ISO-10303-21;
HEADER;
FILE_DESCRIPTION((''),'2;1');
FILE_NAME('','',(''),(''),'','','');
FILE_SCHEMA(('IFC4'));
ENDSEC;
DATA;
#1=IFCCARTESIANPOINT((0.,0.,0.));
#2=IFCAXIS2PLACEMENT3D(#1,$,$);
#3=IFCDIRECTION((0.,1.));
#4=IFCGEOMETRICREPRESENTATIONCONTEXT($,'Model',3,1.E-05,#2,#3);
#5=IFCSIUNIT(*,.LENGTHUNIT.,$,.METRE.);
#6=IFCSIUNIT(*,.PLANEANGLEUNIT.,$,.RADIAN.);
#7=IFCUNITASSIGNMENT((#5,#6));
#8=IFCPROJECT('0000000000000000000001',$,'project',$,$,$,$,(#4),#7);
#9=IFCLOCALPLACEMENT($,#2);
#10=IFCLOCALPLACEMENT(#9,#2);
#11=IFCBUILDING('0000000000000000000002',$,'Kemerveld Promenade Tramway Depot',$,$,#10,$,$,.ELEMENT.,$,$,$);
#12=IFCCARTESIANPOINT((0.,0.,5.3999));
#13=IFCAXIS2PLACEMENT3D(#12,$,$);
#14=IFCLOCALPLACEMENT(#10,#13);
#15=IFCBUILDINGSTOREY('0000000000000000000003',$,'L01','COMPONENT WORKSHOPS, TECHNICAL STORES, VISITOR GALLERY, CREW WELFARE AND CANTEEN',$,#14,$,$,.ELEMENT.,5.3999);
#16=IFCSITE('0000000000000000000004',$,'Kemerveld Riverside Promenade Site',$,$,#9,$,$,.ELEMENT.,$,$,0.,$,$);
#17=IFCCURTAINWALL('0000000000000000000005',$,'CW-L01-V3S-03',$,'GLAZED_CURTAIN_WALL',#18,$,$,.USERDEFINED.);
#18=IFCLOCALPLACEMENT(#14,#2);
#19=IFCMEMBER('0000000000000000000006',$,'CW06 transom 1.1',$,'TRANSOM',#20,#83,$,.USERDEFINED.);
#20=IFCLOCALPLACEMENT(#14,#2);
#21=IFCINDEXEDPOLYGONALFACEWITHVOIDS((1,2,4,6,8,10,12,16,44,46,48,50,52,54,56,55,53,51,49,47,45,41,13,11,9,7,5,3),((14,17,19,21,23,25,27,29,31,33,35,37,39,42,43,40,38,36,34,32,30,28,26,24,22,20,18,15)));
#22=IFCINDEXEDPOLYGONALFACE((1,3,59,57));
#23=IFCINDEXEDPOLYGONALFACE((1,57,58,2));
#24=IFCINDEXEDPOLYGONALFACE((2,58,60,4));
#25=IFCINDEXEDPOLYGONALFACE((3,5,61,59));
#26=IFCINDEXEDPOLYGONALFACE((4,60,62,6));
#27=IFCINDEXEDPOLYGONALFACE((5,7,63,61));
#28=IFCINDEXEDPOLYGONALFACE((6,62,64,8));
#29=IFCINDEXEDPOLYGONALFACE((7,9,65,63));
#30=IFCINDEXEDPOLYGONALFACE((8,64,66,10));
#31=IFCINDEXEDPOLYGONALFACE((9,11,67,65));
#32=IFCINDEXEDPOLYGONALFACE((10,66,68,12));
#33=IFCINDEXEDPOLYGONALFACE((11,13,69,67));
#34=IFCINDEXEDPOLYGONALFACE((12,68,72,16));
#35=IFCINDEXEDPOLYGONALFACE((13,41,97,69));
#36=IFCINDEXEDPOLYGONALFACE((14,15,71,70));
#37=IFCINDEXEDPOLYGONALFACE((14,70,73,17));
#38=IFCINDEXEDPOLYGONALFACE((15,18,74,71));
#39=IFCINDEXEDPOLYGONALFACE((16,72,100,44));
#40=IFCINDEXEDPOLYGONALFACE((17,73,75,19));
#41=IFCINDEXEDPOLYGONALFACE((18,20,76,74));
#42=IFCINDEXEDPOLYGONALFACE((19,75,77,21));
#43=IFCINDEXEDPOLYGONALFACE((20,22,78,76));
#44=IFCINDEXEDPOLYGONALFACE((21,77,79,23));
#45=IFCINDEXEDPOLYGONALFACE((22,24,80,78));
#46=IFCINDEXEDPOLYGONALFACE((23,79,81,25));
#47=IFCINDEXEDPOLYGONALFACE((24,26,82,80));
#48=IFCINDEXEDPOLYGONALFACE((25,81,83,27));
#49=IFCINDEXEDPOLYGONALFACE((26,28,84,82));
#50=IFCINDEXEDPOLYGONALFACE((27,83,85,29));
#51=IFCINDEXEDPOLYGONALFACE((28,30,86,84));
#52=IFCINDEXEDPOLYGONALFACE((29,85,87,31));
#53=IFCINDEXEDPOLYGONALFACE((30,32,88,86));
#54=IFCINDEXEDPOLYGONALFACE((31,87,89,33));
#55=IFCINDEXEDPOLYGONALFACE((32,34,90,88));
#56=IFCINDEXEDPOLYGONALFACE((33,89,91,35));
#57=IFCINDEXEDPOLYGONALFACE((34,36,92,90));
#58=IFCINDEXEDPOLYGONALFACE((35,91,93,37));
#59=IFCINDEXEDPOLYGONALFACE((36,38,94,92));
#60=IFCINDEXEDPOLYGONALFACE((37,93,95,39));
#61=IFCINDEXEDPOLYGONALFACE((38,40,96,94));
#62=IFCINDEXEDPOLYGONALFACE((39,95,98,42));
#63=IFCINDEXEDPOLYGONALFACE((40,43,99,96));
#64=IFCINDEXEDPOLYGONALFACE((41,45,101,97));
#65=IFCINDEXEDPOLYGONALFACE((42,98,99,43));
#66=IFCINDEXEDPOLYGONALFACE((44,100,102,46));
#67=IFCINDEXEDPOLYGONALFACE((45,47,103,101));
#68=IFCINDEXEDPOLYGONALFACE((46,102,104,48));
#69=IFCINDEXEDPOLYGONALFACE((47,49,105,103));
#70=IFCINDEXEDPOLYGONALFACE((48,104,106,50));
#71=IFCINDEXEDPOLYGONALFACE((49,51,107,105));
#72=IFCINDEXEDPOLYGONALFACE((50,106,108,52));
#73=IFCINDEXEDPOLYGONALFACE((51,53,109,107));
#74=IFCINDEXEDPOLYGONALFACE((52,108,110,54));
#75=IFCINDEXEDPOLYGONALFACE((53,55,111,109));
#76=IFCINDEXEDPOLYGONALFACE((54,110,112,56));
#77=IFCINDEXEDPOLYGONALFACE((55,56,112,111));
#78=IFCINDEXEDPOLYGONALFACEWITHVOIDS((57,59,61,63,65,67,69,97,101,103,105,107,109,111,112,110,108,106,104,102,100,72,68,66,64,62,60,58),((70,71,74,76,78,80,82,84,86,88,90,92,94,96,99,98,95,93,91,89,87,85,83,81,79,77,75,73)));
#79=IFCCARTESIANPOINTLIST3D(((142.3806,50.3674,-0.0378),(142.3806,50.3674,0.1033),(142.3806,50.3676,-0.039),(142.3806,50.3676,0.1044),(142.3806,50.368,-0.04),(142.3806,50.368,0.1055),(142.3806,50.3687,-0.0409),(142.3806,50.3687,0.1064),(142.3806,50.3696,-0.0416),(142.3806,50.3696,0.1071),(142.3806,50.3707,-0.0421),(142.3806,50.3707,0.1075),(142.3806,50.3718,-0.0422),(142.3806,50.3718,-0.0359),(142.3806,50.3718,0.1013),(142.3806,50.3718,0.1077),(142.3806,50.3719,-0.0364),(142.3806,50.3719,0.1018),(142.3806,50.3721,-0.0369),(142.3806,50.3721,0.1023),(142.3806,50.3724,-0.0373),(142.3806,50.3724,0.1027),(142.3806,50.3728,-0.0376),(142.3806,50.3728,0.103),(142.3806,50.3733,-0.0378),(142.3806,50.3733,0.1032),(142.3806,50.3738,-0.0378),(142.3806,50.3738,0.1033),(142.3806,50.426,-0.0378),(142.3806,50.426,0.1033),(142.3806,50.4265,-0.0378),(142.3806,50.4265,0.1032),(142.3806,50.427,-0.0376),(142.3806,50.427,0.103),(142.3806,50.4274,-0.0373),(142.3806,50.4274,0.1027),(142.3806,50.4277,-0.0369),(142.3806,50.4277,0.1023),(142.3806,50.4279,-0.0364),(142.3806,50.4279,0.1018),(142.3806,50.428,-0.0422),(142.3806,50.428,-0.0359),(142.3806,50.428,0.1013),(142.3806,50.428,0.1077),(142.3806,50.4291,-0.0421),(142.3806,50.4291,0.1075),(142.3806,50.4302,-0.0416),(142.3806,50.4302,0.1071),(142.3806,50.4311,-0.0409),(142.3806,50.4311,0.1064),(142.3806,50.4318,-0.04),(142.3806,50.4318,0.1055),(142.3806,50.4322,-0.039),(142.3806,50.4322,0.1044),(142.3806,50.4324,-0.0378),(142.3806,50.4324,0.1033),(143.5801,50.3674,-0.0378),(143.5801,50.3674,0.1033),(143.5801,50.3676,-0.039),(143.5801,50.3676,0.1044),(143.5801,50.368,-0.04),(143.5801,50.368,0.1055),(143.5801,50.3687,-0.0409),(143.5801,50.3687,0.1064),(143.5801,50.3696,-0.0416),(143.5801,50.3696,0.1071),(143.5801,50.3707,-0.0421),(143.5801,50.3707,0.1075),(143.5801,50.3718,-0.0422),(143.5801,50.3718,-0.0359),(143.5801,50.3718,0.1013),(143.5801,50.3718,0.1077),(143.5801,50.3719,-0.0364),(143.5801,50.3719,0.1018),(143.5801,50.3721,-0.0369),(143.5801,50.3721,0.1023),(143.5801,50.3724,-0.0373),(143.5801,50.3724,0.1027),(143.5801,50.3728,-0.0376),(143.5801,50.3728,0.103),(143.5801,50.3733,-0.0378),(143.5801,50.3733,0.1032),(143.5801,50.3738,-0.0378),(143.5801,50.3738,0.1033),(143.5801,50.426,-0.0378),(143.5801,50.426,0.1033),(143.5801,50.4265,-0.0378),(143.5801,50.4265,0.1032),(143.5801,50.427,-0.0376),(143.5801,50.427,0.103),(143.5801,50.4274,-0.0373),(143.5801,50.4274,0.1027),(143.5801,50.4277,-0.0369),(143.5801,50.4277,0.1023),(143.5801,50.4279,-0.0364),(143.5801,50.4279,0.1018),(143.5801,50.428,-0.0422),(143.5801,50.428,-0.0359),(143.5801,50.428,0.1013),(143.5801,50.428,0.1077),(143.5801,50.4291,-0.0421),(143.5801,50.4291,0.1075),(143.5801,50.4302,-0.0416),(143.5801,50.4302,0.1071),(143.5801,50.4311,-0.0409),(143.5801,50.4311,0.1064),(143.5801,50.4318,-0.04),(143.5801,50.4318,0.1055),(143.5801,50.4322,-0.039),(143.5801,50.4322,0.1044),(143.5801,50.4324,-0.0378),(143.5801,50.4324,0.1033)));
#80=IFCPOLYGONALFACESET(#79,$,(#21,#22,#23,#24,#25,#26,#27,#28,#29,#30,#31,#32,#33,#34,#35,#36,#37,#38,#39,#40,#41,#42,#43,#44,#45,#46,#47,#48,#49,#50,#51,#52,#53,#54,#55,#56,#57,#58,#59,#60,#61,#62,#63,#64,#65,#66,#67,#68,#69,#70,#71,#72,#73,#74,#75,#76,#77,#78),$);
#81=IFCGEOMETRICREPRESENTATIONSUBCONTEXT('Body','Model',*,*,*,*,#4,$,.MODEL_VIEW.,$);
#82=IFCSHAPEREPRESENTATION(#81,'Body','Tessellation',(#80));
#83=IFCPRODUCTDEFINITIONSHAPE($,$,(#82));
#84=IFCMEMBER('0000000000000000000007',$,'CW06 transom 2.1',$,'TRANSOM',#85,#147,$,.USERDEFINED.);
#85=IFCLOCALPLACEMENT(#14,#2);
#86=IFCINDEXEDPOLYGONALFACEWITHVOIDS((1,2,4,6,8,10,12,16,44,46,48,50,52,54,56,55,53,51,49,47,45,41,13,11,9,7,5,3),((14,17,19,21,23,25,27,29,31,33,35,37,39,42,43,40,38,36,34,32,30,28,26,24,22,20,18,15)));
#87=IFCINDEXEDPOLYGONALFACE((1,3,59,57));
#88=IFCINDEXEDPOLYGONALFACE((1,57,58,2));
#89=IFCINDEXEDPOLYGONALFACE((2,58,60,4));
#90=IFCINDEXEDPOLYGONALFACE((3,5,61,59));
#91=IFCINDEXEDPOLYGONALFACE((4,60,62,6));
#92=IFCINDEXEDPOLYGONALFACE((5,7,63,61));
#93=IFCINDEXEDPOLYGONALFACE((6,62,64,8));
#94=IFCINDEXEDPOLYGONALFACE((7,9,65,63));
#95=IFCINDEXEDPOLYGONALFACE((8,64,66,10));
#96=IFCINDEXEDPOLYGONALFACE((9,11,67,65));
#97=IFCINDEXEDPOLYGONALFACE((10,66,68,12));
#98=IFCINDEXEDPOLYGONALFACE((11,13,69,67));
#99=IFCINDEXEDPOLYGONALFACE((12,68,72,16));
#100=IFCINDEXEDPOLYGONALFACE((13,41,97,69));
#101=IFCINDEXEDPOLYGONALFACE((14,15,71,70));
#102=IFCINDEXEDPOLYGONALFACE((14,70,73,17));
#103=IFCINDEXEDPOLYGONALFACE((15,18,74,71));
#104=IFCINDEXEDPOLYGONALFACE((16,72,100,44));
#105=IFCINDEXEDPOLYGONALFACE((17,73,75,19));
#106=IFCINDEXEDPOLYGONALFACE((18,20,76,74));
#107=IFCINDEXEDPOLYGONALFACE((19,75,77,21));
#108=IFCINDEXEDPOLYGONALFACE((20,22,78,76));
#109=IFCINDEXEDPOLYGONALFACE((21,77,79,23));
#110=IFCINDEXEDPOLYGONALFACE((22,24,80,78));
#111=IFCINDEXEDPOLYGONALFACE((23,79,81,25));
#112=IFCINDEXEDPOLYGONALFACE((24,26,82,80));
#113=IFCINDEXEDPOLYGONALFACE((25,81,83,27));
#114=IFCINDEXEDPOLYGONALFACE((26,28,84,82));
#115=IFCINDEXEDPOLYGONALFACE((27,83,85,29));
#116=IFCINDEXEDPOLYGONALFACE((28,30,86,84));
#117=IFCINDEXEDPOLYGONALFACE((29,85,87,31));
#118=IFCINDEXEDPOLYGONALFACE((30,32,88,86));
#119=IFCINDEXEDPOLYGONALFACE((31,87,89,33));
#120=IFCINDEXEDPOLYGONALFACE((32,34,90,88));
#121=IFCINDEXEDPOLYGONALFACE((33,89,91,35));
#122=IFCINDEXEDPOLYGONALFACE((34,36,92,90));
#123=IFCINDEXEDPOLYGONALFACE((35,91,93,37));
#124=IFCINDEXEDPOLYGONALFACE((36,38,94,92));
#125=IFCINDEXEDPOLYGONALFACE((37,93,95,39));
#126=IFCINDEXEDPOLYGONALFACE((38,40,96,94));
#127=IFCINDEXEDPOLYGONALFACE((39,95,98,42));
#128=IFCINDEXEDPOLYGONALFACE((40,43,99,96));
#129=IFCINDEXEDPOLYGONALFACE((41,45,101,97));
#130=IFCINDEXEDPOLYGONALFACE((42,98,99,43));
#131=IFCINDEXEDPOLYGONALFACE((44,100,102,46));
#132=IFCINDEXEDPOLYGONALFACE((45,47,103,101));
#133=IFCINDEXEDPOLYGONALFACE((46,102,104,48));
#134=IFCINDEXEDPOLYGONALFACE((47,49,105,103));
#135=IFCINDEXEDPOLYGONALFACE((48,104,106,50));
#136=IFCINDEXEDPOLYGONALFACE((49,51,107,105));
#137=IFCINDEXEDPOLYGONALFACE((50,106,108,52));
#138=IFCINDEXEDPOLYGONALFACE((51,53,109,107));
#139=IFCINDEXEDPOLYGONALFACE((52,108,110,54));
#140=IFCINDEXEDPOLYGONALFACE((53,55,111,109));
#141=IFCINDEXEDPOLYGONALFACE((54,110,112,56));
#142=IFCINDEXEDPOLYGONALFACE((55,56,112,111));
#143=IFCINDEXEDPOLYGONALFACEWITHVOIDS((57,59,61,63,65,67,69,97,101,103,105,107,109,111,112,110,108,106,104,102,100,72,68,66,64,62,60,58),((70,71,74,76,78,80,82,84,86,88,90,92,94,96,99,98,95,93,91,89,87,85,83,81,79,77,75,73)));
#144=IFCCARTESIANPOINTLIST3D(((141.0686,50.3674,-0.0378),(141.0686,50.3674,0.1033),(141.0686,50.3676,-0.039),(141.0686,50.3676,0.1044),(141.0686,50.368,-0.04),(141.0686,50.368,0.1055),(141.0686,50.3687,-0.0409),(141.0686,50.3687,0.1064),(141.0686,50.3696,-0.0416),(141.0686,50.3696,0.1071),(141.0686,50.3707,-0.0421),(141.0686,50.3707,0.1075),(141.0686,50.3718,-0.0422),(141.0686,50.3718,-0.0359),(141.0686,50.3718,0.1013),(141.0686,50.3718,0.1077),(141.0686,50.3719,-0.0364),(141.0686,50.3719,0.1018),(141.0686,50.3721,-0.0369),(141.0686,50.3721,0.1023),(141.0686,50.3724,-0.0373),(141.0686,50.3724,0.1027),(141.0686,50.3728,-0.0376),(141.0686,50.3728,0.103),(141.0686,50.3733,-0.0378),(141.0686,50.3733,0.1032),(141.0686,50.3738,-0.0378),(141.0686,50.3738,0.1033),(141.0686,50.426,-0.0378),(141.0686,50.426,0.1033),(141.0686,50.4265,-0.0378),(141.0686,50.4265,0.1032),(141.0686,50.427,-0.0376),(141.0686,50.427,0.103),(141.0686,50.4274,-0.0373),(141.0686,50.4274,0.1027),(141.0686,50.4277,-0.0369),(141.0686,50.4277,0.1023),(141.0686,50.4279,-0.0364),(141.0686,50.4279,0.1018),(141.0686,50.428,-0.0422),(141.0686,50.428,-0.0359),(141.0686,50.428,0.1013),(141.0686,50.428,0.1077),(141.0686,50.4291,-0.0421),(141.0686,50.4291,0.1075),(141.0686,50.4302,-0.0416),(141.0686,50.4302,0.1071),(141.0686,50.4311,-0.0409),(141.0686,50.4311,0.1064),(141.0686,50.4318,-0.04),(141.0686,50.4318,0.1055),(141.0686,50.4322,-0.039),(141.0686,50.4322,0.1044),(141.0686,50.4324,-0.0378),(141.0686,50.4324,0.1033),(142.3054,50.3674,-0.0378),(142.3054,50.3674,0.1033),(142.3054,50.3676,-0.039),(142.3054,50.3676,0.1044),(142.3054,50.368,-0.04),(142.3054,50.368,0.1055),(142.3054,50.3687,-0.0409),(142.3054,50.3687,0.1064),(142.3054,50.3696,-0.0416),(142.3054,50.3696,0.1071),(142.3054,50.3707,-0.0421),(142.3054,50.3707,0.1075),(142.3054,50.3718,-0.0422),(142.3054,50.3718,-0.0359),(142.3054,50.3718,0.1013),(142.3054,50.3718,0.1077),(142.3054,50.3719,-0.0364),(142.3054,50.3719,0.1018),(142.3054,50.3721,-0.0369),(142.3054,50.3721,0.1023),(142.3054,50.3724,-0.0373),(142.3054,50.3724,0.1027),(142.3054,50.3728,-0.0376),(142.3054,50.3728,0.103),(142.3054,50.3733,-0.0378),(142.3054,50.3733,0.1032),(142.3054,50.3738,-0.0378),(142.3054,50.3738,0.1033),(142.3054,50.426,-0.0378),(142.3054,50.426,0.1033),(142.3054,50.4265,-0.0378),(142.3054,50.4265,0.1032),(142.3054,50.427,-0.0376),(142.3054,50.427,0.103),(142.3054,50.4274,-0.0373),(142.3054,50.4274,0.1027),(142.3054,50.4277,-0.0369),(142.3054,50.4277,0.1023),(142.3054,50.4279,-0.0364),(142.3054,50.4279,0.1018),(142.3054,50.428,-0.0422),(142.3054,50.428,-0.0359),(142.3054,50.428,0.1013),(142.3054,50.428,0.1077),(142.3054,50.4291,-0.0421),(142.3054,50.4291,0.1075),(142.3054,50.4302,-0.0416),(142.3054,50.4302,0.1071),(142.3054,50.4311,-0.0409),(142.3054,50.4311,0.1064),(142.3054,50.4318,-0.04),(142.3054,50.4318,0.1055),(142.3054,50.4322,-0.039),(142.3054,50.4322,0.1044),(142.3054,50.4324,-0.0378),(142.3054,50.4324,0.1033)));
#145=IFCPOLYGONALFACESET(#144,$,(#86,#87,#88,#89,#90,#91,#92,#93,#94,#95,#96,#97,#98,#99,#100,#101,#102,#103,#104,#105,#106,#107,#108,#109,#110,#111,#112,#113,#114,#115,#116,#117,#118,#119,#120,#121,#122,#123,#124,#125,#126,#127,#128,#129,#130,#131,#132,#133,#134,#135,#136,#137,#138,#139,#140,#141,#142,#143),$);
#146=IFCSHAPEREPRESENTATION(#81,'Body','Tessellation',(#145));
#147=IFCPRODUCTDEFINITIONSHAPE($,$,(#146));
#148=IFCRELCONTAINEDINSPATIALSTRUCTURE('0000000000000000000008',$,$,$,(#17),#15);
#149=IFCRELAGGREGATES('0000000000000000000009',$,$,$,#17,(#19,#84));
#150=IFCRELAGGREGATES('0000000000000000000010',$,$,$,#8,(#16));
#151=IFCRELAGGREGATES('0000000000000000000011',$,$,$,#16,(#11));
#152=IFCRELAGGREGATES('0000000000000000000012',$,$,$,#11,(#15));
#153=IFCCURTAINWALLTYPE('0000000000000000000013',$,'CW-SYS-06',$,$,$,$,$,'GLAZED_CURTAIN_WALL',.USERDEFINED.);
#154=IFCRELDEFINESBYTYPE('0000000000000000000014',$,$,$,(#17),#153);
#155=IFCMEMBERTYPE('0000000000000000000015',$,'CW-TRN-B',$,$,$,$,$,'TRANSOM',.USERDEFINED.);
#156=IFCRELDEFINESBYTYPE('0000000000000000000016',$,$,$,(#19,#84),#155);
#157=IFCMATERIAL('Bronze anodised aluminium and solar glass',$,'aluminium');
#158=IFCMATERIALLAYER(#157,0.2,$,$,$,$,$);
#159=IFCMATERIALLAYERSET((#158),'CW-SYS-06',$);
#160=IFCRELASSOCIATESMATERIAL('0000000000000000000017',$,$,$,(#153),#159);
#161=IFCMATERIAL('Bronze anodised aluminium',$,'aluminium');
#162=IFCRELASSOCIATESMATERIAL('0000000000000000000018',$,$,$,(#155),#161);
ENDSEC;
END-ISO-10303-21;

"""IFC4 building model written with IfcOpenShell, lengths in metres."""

from ifc_helpers import new_model, si_unit, direction, frame, origin, origin_2d, place, context, subcontext, project, spatial, hollow_rectangle, extrude, material, layer, layer_set, material_profile, profile_set, type_object, element, aggregate, save


model = new_model("IFC4")

# Units and contexts
model_context = context("Model", 3, precision=1e-05, world=origin(), true_north=direction((0.0, 1.0)))
body_context = subcontext(model_context, "Body", "Model", "MODEL_VIEW")
ifc_project = project(units=[si_unit("LENGTHUNIT", "METRE"), si_unit("PLANEANGLEUNIT", "RADIAN")], contexts=[model_context])

# Site, building, storey
site_placement = place(None, origin())
site = spatial("IfcSite", under=ifc_project, at=site_placement, Name="Kemerveld Riverside Promenade Site", CompositionType="ELEMENT", RefElevation=0.0)
building_placement = place(site_placement, origin())
building = spatial("IfcBuilding", under=site, at=building_placement, Name="Kemerveld Promenade Tramway Depot", CompositionType="ELEMENT")
storey_placement = place(building_placement, frame((0.0, 0.0, 5.3999)))
storey = spatial("IfcBuildingStorey", under=building, at=storey_placement, Name="L01", Description="COMPONENT WORKSHOPS, TECHNICAL STORES, VISITOR GALLERY, CREW WELFARE AND CANTEEN", CompositionType="ELEMENT", Elevation=5.3999)

# Curtain wall, members
ifc_material_1 = material(Name="Bronze anodised aluminium and solar glass", Category="aluminium")
ifc_layer_1 = layer(ifc_material_1, 0.2)
ifc_layer_set_1 = layer_set([ifc_layer_1], Name="CW-SYS-06")
curtain_wall_type = type_object("IfcCurtainWallType", Name="CW-SYS-06", ElementType="GLAZED_CURTAIN_WALL", PredefinedType="USERDEFINED", material=ifc_layer_set_1)
curtain_wall_placement = place(storey_placement, origin())
curtain_wall = element("IfcCurtainWall", 1, at=curtain_wall_placement, inside=storey, type_object=curtain_wall_type, Name="CW-L01-V3S-03", ObjectType="GLAZED_CURTAIN_WALL", PredefinedType="USERDEFINED")
ifc_material_2 = material(Name="Bronze anodised aluminium", Category="aluminium")
ifc_material_profile_1 = material_profile(ifc_material_2, hollow_rectangle(XDim=0.0649, YDim=0.1499, WallThickness=0.0044, InnerFilletRadius=0.002, OuterFilletRadius=0.0044, at=origin_2d()), Name="CW-TRN-150x65")
ifc_profile_set_1 = profile_set([ifc_material_profile_1], Name="Bronze anodised aluminium")
member_type_1 = type_object("IfcMemberType", Name="CW-TRN-B", ElementType="TRANSOM", PredefinedType="USERDEFINED", material=ifc_profile_set_1)
member_1_placement = place(storey_placement, frame((143.5801, 50.3999, 0.0327), z_axis=(-1.0, 0.0, 0.0), x_axis=(0.0, -1.0, 0.0)))
member_1 = element("IfcMember", 2, at=member_1_placement, type_object=member_type_1, Name="CW06 transom 1.1", ObjectType="TRANSOM", PredefinedType="USERDEFINED", context=body_context, shape_type="SweptSolid", body=[
    extrude(hollow_rectangle(XDim=0.0649, YDim=0.1499, WallThickness=0.0044, InnerFilletRadius=0.002, OuterFilletRadius=0.0044, at=origin_2d()), origin(), (0.0, 0.0, 1.0), 1.1995),
])
member_2_placement = place(storey_placement, frame((142.3054, 50.3999, 0.0327), z_axis=(-1.0, 0.0, 0.0), x_axis=(0.0, -1.0, 0.0)))
member_2 = element("IfcMember", 3, at=member_2_placement, type_object=member_type_1, Name="CW06 transom 2.1", ObjectType="TRANSOM", PredefinedType="USERDEFINED", context=body_context, shape_type="SweptSolid", body=[
    extrude(hollow_rectangle(XDim=0.0649, YDim=0.1499, WallThickness=0.0044, InnerFilletRadius=0.002, OuterFilletRadius=0.0044, at=origin_2d()), origin(), (0.0, 0.0, 1.0), 1.2368),
])
aggregate(curtain_wall, [member_1, member_2])

save(model, "model.ifc")
